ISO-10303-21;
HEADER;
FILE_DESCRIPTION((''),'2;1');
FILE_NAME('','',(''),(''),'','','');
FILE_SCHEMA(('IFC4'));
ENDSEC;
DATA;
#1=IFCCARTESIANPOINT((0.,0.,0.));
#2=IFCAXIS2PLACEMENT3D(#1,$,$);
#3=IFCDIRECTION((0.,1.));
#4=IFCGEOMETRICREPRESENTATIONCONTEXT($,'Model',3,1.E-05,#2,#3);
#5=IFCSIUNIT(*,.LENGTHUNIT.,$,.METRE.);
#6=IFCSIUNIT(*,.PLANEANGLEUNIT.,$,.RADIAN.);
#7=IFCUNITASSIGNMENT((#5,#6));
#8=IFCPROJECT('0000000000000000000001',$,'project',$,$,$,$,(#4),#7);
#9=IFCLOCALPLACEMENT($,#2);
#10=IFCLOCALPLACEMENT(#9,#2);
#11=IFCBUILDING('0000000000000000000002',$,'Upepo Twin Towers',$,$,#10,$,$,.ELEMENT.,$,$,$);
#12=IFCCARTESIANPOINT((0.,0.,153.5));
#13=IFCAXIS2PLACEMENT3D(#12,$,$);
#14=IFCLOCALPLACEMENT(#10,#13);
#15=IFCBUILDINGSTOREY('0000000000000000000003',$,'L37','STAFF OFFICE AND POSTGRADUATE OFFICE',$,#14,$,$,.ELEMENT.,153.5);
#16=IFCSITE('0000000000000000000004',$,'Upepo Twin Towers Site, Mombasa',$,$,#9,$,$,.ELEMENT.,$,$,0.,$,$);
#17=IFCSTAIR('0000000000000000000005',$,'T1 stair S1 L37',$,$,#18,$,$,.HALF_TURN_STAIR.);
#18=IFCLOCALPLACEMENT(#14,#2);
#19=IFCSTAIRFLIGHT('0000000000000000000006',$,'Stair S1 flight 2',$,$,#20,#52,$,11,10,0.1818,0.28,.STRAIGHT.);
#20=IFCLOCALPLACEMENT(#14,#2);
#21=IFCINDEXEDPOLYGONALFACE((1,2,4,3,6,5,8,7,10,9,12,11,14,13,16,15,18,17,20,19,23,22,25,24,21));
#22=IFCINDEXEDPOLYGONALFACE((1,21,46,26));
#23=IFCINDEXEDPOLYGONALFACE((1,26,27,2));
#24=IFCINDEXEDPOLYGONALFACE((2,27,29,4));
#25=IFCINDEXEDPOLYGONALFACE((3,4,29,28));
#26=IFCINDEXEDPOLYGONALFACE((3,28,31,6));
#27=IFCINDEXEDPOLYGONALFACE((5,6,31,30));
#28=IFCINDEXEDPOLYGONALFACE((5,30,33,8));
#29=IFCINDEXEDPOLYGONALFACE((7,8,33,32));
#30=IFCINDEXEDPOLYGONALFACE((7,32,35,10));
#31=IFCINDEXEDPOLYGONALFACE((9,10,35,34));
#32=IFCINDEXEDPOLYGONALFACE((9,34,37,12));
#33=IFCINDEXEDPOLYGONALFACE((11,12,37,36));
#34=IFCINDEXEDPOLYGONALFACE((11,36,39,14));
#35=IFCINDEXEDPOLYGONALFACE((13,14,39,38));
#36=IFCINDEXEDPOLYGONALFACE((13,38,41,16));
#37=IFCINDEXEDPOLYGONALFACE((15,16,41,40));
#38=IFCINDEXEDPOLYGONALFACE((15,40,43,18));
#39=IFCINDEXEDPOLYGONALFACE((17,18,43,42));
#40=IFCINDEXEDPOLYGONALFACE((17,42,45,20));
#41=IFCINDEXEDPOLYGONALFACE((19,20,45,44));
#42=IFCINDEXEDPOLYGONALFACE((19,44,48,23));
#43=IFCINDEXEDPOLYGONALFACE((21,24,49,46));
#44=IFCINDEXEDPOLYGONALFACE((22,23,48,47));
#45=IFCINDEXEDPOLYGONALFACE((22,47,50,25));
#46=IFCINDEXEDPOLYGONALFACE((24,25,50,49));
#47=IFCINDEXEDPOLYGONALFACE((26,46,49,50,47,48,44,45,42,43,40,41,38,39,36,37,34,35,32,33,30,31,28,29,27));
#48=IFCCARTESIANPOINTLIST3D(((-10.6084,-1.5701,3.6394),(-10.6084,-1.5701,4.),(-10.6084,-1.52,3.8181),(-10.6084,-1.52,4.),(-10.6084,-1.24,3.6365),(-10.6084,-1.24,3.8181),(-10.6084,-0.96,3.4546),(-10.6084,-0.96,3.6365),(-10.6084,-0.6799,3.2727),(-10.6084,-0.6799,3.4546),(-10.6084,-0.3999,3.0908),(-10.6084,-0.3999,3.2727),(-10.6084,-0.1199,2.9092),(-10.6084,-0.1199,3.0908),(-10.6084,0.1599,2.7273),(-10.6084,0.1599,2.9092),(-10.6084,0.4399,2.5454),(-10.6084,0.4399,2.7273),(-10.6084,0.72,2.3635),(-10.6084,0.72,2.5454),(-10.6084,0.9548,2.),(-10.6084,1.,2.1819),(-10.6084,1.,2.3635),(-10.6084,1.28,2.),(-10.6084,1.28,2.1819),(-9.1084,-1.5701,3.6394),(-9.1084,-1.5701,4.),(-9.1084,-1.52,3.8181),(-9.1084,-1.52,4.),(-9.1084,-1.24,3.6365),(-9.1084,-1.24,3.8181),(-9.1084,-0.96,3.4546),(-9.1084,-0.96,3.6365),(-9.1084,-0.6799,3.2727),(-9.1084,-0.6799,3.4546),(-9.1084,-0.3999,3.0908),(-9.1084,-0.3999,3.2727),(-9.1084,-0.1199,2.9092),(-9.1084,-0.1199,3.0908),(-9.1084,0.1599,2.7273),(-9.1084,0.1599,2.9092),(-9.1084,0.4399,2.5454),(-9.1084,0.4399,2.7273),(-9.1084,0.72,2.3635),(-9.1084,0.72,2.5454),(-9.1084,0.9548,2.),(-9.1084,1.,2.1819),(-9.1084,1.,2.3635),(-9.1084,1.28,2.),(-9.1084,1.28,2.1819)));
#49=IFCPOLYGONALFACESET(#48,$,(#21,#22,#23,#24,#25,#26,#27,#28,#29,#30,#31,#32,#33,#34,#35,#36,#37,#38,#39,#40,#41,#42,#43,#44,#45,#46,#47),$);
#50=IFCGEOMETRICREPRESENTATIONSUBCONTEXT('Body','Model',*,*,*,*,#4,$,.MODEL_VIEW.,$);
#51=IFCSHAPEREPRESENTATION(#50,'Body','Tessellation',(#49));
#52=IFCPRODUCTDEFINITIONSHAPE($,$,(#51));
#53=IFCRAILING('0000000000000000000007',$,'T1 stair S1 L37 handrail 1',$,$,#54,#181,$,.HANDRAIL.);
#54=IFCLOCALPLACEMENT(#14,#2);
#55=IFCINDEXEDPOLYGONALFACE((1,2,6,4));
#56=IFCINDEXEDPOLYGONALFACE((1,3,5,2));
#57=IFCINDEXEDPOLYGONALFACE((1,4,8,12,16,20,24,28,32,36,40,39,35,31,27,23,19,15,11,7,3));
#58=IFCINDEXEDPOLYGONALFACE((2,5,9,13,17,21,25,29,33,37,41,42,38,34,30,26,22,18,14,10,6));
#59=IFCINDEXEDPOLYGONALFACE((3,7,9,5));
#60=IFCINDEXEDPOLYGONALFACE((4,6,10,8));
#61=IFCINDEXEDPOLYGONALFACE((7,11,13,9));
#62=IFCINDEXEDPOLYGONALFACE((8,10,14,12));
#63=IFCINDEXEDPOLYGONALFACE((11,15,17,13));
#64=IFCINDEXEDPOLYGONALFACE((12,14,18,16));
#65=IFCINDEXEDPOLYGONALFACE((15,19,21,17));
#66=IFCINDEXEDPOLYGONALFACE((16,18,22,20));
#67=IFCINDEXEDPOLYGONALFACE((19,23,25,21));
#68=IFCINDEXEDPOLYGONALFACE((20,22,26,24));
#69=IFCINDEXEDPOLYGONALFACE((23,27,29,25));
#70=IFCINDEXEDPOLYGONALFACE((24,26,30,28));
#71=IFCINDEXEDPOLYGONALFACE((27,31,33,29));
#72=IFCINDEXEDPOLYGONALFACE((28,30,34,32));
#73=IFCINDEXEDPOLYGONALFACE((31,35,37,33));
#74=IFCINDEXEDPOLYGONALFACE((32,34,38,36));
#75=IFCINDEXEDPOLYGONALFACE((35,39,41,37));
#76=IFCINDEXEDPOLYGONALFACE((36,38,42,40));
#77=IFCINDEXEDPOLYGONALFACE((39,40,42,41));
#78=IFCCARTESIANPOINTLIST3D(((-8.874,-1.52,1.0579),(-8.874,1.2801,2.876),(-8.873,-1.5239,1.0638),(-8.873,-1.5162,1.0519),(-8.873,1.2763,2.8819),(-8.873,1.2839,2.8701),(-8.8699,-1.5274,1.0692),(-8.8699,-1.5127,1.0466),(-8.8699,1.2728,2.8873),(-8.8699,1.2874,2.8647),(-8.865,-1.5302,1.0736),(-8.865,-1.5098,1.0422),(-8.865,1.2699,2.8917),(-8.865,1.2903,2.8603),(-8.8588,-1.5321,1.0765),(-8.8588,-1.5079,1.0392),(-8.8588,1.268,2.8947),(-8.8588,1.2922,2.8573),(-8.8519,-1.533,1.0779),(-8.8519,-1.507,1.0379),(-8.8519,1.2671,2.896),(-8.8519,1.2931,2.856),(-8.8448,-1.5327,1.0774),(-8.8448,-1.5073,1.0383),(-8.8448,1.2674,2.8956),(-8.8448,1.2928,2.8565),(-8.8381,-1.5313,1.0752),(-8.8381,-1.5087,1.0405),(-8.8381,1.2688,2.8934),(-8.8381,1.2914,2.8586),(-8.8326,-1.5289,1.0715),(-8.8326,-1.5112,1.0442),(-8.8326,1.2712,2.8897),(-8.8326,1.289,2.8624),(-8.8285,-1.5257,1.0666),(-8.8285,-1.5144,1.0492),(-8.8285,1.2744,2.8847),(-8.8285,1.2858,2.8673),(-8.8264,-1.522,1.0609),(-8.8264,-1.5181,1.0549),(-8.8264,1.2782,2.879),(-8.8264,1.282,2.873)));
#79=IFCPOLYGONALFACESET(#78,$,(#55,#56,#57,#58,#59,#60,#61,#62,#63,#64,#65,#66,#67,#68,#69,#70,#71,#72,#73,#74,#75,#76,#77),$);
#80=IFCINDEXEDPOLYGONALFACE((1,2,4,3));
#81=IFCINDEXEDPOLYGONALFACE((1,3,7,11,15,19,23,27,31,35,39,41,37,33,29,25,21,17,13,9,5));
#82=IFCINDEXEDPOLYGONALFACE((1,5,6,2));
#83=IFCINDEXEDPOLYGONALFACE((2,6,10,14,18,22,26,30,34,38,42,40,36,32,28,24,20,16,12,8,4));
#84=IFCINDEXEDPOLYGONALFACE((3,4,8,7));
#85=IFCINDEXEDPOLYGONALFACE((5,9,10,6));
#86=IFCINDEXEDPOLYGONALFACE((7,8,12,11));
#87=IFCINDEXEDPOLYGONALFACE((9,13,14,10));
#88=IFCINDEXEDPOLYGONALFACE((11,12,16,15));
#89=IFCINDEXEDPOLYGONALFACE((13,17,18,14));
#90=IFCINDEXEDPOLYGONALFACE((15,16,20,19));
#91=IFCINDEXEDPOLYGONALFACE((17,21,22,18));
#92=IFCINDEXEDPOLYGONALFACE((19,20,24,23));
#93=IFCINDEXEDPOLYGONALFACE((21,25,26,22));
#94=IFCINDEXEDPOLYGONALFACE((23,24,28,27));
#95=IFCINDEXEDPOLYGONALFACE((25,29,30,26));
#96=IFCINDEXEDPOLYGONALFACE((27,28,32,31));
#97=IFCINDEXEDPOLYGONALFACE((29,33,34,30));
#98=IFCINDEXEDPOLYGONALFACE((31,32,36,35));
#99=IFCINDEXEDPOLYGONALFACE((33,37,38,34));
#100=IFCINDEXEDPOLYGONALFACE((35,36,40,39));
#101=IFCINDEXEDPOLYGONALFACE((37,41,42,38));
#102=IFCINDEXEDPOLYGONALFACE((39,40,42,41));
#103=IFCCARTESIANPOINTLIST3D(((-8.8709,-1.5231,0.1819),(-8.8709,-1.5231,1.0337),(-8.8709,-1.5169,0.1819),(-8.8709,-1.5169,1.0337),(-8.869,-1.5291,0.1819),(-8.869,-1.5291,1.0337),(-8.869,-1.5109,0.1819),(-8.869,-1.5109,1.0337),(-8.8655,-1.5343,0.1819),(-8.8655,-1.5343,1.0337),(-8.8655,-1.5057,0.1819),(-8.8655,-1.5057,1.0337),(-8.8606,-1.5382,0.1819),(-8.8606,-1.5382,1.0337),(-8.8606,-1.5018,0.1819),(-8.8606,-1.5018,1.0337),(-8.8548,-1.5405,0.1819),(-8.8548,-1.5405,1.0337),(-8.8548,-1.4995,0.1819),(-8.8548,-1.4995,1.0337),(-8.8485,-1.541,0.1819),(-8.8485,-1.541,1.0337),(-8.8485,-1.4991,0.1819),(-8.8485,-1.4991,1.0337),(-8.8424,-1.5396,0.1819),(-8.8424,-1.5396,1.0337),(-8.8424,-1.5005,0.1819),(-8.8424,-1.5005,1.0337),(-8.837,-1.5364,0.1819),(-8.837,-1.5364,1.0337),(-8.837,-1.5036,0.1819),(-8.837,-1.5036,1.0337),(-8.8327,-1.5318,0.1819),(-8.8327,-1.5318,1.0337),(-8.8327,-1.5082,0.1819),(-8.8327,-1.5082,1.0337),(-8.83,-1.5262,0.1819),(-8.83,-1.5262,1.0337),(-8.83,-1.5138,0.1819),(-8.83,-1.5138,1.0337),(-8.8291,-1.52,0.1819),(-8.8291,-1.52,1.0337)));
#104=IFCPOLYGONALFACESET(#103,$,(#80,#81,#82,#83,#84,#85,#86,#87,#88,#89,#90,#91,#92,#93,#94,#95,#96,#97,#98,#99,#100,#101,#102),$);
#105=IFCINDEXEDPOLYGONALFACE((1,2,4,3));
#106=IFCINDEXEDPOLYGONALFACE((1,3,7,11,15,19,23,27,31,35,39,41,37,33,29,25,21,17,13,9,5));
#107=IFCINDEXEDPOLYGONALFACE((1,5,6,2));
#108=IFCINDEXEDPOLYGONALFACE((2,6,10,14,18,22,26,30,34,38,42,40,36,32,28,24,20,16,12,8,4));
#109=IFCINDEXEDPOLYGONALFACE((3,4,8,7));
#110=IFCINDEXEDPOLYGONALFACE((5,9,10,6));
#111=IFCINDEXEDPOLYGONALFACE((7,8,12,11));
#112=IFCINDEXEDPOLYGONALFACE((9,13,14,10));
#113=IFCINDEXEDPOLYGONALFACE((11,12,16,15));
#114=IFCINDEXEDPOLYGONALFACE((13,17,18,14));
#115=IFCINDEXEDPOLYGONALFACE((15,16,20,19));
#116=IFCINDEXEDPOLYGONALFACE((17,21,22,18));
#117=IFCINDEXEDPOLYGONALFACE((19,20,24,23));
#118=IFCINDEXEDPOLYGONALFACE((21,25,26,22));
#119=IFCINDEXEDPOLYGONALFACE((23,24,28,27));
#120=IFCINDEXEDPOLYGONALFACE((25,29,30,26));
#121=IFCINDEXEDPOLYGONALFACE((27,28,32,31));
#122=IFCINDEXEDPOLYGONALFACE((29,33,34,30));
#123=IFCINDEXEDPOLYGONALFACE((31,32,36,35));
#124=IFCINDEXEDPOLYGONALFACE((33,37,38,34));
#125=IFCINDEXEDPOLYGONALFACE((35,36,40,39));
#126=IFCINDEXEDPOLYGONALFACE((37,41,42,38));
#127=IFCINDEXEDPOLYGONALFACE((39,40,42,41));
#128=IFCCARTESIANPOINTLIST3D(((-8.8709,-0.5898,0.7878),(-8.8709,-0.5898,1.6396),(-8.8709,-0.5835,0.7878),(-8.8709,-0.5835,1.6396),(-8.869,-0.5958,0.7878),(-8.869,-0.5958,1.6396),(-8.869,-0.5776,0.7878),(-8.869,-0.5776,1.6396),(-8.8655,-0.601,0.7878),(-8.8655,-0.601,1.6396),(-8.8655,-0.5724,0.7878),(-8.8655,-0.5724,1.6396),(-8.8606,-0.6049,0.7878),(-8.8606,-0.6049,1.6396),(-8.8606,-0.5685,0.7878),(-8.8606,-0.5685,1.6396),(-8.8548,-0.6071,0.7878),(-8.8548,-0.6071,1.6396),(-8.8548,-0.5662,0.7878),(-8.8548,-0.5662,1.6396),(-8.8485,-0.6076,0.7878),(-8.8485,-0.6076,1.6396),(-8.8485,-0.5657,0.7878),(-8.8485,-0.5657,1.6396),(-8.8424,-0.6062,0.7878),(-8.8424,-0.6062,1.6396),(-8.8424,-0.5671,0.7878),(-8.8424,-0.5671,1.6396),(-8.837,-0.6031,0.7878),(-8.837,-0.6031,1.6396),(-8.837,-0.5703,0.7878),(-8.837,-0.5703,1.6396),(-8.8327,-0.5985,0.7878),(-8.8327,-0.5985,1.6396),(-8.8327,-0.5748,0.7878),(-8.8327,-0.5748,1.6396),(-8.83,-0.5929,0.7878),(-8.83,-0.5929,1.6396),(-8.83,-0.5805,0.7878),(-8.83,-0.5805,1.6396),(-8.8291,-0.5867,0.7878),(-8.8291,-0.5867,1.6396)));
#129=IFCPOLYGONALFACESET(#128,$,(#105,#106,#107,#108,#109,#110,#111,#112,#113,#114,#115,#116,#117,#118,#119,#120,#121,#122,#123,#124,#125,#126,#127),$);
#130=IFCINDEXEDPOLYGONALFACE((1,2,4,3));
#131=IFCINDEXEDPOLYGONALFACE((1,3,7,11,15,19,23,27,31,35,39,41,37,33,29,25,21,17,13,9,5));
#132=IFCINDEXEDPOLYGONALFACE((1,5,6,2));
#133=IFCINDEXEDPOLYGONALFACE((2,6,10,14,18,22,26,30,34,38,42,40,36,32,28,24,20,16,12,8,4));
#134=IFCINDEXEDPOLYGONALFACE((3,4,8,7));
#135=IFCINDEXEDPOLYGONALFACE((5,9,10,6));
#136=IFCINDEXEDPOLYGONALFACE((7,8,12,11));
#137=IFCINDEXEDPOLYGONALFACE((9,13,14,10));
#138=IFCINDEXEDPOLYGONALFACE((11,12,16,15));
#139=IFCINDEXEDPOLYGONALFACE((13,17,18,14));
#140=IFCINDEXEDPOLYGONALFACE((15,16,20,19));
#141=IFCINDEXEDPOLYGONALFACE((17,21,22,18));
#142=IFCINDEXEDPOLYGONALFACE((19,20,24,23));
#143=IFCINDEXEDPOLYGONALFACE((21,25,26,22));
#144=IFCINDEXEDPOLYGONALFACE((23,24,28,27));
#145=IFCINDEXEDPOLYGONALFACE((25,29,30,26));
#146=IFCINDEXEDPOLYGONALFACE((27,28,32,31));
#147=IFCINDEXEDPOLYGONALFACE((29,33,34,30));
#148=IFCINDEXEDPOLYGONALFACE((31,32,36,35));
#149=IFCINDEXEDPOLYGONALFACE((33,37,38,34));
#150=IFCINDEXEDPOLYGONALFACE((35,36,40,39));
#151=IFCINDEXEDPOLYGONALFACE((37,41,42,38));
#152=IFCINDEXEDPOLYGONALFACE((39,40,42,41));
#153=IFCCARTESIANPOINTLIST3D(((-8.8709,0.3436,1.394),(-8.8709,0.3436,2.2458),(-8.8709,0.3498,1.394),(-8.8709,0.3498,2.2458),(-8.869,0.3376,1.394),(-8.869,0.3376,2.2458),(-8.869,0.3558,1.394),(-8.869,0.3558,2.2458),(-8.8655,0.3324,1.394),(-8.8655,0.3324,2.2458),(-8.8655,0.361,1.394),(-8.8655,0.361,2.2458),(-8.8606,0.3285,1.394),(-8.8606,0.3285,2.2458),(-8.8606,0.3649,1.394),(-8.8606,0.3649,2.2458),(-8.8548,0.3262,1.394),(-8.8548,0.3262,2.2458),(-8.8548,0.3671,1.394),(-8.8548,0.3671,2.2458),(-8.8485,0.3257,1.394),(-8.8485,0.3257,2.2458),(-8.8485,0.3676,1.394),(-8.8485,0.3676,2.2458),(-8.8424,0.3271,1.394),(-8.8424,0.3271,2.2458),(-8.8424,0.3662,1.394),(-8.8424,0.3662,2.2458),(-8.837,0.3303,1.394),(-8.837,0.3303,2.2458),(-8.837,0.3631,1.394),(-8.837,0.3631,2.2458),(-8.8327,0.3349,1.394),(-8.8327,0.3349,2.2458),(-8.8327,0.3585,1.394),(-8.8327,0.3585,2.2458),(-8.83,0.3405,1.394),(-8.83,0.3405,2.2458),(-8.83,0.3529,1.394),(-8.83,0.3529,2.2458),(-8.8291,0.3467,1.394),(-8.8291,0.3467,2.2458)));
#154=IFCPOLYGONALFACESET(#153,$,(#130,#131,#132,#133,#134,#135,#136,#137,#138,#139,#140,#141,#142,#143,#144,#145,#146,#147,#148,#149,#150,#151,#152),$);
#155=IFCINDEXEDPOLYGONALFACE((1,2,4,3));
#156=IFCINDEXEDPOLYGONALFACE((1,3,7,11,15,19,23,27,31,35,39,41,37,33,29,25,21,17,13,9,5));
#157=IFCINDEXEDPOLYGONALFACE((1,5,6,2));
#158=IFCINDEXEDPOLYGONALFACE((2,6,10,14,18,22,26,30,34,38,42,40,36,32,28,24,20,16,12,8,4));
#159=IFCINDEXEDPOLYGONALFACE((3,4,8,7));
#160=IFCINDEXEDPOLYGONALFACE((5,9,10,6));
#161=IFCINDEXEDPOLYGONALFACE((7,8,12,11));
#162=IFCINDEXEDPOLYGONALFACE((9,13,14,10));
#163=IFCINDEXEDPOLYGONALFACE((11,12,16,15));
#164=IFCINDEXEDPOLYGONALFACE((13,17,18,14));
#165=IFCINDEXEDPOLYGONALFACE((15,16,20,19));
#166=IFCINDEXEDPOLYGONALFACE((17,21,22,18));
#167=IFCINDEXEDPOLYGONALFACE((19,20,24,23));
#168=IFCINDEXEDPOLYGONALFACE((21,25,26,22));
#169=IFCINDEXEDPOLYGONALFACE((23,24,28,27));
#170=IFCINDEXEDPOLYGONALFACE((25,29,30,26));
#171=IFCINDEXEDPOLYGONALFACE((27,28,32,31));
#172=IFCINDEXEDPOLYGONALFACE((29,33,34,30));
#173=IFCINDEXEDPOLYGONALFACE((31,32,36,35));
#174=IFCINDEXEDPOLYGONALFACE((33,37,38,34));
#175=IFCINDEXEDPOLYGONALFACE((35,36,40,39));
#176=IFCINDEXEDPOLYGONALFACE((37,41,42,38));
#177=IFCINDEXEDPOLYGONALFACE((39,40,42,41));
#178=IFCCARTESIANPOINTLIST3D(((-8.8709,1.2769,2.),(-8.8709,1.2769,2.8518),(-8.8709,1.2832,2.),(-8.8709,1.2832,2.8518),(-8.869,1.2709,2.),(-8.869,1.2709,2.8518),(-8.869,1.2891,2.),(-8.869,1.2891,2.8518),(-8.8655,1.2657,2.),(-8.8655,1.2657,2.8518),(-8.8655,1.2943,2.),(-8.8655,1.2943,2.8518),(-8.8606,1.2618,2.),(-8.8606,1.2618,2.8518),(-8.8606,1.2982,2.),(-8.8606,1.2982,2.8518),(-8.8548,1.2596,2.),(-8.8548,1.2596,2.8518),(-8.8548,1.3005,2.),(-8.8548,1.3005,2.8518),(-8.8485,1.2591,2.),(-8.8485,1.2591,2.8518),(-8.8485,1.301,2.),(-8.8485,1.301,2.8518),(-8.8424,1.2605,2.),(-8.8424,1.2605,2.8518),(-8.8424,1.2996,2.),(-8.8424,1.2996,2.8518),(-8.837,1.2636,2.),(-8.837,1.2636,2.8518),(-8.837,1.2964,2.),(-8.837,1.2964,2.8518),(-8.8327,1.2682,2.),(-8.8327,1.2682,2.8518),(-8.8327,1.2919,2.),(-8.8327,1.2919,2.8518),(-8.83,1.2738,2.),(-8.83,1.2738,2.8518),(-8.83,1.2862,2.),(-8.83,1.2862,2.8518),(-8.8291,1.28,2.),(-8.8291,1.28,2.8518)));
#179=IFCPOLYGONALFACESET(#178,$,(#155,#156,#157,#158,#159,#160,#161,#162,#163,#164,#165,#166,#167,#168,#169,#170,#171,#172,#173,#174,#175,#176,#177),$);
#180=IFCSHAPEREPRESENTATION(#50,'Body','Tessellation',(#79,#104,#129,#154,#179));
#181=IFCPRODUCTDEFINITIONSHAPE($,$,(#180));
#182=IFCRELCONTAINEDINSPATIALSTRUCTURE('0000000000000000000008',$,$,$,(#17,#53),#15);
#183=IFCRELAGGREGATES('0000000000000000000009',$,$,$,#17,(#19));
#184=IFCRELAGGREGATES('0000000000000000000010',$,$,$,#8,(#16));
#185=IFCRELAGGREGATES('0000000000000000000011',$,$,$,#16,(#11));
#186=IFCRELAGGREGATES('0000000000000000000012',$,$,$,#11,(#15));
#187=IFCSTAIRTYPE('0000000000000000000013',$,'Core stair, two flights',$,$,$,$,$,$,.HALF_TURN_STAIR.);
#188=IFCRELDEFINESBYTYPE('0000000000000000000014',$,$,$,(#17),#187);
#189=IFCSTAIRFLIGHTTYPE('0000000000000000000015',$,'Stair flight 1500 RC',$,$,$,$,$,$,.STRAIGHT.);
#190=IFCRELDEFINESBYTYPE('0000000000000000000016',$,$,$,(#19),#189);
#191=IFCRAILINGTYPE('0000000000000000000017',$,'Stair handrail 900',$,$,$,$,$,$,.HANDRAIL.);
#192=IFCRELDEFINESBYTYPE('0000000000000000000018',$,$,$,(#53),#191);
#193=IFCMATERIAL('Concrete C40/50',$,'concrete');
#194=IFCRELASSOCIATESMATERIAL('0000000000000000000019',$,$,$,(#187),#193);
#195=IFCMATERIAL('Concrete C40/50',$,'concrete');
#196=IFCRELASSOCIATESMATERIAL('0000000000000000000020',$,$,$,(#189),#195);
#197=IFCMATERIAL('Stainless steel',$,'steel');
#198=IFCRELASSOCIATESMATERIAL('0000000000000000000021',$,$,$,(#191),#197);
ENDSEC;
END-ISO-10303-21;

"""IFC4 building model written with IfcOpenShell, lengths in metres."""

from ifc_helpers import new_model, si_unit, direction, frame, origin, origin_2d, place, context, subcontext, project, spatial, polyline, circle, outline, extrude, material, type_object, element, aggregate, save


model = new_model("IFC4")

# Units and contexts
model_context = context("Model", 3, precision=1e-05, world=origin(), true_north=direction((0.0, 1.0)))
body_context = subcontext(model_context, "Body", "Model", "MODEL_VIEW")
ifc_project = project(units=[si_unit("LENGTHUNIT", "METRE"), si_unit("PLANEANGLEUNIT", "RADIAN")], contexts=[model_context])

# Site, building, storey
site_placement = place(None, origin())
site = spatial("IfcSite", under=ifc_project, at=site_placement, Name="Upepo Twin Towers Site, Mombasa", CompositionType="ELEMENT", RefElevation=0.0)
building_placement = place(site_placement, origin())
building = spatial("IfcBuilding", under=site, at=building_placement, Name="Upepo Twin Towers", CompositionType="ELEMENT")
storey_placement = place(building_placement, frame((0.0, 0.0, 153.5)))
storey = spatial("IfcBuildingStorey", under=building, at=storey_placement, Name="L37", Description="STAFF OFFICE AND POSTGRADUATE OFFICE", CompositionType="ELEMENT", Elevation=153.5)

# Stair, stair flight
ifc_material_1 = material(Name="Concrete C40/50", Category="concrete")
stair_type = type_object("IfcStairType", Name="Core stair, two flights", PredefinedType="HALF_TURN_STAIR", material=ifc_material_1)
stair_placement = place(storey_placement, origin())
stair = element("IfcStair", 1, at=stair_placement, inside=storey, type_object=stair_type, Name="T1 stair S1 L37", PredefinedType="HALF_TURN_STAIR")
ifc_material_2 = material(Name="Concrete C40/50", Category="concrete")
stair_flight_type = type_object("IfcStairFlightType", Name="Stair flight 1500 RC", PredefinedType="STRAIGHT", material=ifc_material_2)
stair_flight_1_placement = place(storey_placement, frame((-9.8584, 1.28, 2.0), z_axis=(0.0, 0.0, 1.0), x_axis=(0.0, -1.0, 0.0)))
stair_flight_1 = element("IfcStairFlight", 2, at=stair_flight_1_placement, type_object=stair_flight_type, Name="Stair S1 flight 2", NumberOfRisers=11, NumberOfTreads=10, PredefinedType="STRAIGHT", RiserHeight=0.1818, TreadLength=0.28, context=body_context, shape_type="SweptSolid", body=[
    extrude(outline(polyline([(0.0, 0.0), (0.0, 0.1819), (0.28, 0.1819), (0.28, 0.3635), (0.5601, 0.3635), (0.5601, 0.5454), (0.8401, 0.5454), (0.8401, 0.7273), (1.1201, 0.7273), (1.1201, 0.9092), (1.3999, 0.9092), (1.3999, 1.0908), (1.6799, 1.0908), (1.6799, 1.2727), (1.96, 1.2727), (1.96, 1.4546), (2.24, 1.4546), (2.24, 1.6365), (2.52, 1.6365), (2.52, 1.8181), (2.8, 1.8181), (2.8, 2.0), (2.8501, 2.0), (2.8501, 1.6394), (0.3252, 0.0), (0.0, 0.0)])), frame((0.0, 0.75, 0.0), z_axis=(0.0, -1.0, 0.0), x_axis=(1.0, 0.0, 0.0)), (0.0, 0.0, 1.0), 1.5),
])
aggregate(stair, [stair_flight_1])

# Railing
ifc_material_3 = material(Name="Stainless steel", Category="steel")
railing_type = type_object("IfcRailingType", Name="Stair handrail 900", PredefinedType="HANDRAIL", material=ifc_material_3)
railing_1_placement = place(storey_placement, frame((-8.8501, -1.52, 0.1819)))
element("IfcRailing", 3, at=railing_1_placement, inside=storey, type_object=railing_type, Name="T1 stair S1 L37 handrail 1", PredefinedType="HANDRAIL", context=body_context, shape_type="SweptSolid", body=[
    extrude(circle(Radius=0.0239, at=origin_2d()), frame((0.0, 0.0, 0.876), z_axis=(0.0, 0.838706, 0.544585), x_axis=(-1.0, 0.0, 0.0)), (0.0, 0.0, 1.0), 3.3386),
    extrude(circle(Radius=0.021, at=origin_2d()), origin(), (0.0, 0.0, 1.0), 0.8518),
    extrude(circle(Radius=0.021, at=origin_2d()), frame((0.0, 0.9333, 0.606)), (0.0, 0.0, 1.0), 0.8518),
    extrude(circle(Radius=0.021, at=origin_2d()), frame((0.0, 1.8667, 1.2122)), (0.0, 0.0, 1.0), 0.8518),
    extrude(circle(Radius=0.021, at=origin_2d()), frame((0.0, 2.8, 1.8181)), (0.0, 0.0, 1.0), 0.8518),
])

save(model, "model.ifc")
